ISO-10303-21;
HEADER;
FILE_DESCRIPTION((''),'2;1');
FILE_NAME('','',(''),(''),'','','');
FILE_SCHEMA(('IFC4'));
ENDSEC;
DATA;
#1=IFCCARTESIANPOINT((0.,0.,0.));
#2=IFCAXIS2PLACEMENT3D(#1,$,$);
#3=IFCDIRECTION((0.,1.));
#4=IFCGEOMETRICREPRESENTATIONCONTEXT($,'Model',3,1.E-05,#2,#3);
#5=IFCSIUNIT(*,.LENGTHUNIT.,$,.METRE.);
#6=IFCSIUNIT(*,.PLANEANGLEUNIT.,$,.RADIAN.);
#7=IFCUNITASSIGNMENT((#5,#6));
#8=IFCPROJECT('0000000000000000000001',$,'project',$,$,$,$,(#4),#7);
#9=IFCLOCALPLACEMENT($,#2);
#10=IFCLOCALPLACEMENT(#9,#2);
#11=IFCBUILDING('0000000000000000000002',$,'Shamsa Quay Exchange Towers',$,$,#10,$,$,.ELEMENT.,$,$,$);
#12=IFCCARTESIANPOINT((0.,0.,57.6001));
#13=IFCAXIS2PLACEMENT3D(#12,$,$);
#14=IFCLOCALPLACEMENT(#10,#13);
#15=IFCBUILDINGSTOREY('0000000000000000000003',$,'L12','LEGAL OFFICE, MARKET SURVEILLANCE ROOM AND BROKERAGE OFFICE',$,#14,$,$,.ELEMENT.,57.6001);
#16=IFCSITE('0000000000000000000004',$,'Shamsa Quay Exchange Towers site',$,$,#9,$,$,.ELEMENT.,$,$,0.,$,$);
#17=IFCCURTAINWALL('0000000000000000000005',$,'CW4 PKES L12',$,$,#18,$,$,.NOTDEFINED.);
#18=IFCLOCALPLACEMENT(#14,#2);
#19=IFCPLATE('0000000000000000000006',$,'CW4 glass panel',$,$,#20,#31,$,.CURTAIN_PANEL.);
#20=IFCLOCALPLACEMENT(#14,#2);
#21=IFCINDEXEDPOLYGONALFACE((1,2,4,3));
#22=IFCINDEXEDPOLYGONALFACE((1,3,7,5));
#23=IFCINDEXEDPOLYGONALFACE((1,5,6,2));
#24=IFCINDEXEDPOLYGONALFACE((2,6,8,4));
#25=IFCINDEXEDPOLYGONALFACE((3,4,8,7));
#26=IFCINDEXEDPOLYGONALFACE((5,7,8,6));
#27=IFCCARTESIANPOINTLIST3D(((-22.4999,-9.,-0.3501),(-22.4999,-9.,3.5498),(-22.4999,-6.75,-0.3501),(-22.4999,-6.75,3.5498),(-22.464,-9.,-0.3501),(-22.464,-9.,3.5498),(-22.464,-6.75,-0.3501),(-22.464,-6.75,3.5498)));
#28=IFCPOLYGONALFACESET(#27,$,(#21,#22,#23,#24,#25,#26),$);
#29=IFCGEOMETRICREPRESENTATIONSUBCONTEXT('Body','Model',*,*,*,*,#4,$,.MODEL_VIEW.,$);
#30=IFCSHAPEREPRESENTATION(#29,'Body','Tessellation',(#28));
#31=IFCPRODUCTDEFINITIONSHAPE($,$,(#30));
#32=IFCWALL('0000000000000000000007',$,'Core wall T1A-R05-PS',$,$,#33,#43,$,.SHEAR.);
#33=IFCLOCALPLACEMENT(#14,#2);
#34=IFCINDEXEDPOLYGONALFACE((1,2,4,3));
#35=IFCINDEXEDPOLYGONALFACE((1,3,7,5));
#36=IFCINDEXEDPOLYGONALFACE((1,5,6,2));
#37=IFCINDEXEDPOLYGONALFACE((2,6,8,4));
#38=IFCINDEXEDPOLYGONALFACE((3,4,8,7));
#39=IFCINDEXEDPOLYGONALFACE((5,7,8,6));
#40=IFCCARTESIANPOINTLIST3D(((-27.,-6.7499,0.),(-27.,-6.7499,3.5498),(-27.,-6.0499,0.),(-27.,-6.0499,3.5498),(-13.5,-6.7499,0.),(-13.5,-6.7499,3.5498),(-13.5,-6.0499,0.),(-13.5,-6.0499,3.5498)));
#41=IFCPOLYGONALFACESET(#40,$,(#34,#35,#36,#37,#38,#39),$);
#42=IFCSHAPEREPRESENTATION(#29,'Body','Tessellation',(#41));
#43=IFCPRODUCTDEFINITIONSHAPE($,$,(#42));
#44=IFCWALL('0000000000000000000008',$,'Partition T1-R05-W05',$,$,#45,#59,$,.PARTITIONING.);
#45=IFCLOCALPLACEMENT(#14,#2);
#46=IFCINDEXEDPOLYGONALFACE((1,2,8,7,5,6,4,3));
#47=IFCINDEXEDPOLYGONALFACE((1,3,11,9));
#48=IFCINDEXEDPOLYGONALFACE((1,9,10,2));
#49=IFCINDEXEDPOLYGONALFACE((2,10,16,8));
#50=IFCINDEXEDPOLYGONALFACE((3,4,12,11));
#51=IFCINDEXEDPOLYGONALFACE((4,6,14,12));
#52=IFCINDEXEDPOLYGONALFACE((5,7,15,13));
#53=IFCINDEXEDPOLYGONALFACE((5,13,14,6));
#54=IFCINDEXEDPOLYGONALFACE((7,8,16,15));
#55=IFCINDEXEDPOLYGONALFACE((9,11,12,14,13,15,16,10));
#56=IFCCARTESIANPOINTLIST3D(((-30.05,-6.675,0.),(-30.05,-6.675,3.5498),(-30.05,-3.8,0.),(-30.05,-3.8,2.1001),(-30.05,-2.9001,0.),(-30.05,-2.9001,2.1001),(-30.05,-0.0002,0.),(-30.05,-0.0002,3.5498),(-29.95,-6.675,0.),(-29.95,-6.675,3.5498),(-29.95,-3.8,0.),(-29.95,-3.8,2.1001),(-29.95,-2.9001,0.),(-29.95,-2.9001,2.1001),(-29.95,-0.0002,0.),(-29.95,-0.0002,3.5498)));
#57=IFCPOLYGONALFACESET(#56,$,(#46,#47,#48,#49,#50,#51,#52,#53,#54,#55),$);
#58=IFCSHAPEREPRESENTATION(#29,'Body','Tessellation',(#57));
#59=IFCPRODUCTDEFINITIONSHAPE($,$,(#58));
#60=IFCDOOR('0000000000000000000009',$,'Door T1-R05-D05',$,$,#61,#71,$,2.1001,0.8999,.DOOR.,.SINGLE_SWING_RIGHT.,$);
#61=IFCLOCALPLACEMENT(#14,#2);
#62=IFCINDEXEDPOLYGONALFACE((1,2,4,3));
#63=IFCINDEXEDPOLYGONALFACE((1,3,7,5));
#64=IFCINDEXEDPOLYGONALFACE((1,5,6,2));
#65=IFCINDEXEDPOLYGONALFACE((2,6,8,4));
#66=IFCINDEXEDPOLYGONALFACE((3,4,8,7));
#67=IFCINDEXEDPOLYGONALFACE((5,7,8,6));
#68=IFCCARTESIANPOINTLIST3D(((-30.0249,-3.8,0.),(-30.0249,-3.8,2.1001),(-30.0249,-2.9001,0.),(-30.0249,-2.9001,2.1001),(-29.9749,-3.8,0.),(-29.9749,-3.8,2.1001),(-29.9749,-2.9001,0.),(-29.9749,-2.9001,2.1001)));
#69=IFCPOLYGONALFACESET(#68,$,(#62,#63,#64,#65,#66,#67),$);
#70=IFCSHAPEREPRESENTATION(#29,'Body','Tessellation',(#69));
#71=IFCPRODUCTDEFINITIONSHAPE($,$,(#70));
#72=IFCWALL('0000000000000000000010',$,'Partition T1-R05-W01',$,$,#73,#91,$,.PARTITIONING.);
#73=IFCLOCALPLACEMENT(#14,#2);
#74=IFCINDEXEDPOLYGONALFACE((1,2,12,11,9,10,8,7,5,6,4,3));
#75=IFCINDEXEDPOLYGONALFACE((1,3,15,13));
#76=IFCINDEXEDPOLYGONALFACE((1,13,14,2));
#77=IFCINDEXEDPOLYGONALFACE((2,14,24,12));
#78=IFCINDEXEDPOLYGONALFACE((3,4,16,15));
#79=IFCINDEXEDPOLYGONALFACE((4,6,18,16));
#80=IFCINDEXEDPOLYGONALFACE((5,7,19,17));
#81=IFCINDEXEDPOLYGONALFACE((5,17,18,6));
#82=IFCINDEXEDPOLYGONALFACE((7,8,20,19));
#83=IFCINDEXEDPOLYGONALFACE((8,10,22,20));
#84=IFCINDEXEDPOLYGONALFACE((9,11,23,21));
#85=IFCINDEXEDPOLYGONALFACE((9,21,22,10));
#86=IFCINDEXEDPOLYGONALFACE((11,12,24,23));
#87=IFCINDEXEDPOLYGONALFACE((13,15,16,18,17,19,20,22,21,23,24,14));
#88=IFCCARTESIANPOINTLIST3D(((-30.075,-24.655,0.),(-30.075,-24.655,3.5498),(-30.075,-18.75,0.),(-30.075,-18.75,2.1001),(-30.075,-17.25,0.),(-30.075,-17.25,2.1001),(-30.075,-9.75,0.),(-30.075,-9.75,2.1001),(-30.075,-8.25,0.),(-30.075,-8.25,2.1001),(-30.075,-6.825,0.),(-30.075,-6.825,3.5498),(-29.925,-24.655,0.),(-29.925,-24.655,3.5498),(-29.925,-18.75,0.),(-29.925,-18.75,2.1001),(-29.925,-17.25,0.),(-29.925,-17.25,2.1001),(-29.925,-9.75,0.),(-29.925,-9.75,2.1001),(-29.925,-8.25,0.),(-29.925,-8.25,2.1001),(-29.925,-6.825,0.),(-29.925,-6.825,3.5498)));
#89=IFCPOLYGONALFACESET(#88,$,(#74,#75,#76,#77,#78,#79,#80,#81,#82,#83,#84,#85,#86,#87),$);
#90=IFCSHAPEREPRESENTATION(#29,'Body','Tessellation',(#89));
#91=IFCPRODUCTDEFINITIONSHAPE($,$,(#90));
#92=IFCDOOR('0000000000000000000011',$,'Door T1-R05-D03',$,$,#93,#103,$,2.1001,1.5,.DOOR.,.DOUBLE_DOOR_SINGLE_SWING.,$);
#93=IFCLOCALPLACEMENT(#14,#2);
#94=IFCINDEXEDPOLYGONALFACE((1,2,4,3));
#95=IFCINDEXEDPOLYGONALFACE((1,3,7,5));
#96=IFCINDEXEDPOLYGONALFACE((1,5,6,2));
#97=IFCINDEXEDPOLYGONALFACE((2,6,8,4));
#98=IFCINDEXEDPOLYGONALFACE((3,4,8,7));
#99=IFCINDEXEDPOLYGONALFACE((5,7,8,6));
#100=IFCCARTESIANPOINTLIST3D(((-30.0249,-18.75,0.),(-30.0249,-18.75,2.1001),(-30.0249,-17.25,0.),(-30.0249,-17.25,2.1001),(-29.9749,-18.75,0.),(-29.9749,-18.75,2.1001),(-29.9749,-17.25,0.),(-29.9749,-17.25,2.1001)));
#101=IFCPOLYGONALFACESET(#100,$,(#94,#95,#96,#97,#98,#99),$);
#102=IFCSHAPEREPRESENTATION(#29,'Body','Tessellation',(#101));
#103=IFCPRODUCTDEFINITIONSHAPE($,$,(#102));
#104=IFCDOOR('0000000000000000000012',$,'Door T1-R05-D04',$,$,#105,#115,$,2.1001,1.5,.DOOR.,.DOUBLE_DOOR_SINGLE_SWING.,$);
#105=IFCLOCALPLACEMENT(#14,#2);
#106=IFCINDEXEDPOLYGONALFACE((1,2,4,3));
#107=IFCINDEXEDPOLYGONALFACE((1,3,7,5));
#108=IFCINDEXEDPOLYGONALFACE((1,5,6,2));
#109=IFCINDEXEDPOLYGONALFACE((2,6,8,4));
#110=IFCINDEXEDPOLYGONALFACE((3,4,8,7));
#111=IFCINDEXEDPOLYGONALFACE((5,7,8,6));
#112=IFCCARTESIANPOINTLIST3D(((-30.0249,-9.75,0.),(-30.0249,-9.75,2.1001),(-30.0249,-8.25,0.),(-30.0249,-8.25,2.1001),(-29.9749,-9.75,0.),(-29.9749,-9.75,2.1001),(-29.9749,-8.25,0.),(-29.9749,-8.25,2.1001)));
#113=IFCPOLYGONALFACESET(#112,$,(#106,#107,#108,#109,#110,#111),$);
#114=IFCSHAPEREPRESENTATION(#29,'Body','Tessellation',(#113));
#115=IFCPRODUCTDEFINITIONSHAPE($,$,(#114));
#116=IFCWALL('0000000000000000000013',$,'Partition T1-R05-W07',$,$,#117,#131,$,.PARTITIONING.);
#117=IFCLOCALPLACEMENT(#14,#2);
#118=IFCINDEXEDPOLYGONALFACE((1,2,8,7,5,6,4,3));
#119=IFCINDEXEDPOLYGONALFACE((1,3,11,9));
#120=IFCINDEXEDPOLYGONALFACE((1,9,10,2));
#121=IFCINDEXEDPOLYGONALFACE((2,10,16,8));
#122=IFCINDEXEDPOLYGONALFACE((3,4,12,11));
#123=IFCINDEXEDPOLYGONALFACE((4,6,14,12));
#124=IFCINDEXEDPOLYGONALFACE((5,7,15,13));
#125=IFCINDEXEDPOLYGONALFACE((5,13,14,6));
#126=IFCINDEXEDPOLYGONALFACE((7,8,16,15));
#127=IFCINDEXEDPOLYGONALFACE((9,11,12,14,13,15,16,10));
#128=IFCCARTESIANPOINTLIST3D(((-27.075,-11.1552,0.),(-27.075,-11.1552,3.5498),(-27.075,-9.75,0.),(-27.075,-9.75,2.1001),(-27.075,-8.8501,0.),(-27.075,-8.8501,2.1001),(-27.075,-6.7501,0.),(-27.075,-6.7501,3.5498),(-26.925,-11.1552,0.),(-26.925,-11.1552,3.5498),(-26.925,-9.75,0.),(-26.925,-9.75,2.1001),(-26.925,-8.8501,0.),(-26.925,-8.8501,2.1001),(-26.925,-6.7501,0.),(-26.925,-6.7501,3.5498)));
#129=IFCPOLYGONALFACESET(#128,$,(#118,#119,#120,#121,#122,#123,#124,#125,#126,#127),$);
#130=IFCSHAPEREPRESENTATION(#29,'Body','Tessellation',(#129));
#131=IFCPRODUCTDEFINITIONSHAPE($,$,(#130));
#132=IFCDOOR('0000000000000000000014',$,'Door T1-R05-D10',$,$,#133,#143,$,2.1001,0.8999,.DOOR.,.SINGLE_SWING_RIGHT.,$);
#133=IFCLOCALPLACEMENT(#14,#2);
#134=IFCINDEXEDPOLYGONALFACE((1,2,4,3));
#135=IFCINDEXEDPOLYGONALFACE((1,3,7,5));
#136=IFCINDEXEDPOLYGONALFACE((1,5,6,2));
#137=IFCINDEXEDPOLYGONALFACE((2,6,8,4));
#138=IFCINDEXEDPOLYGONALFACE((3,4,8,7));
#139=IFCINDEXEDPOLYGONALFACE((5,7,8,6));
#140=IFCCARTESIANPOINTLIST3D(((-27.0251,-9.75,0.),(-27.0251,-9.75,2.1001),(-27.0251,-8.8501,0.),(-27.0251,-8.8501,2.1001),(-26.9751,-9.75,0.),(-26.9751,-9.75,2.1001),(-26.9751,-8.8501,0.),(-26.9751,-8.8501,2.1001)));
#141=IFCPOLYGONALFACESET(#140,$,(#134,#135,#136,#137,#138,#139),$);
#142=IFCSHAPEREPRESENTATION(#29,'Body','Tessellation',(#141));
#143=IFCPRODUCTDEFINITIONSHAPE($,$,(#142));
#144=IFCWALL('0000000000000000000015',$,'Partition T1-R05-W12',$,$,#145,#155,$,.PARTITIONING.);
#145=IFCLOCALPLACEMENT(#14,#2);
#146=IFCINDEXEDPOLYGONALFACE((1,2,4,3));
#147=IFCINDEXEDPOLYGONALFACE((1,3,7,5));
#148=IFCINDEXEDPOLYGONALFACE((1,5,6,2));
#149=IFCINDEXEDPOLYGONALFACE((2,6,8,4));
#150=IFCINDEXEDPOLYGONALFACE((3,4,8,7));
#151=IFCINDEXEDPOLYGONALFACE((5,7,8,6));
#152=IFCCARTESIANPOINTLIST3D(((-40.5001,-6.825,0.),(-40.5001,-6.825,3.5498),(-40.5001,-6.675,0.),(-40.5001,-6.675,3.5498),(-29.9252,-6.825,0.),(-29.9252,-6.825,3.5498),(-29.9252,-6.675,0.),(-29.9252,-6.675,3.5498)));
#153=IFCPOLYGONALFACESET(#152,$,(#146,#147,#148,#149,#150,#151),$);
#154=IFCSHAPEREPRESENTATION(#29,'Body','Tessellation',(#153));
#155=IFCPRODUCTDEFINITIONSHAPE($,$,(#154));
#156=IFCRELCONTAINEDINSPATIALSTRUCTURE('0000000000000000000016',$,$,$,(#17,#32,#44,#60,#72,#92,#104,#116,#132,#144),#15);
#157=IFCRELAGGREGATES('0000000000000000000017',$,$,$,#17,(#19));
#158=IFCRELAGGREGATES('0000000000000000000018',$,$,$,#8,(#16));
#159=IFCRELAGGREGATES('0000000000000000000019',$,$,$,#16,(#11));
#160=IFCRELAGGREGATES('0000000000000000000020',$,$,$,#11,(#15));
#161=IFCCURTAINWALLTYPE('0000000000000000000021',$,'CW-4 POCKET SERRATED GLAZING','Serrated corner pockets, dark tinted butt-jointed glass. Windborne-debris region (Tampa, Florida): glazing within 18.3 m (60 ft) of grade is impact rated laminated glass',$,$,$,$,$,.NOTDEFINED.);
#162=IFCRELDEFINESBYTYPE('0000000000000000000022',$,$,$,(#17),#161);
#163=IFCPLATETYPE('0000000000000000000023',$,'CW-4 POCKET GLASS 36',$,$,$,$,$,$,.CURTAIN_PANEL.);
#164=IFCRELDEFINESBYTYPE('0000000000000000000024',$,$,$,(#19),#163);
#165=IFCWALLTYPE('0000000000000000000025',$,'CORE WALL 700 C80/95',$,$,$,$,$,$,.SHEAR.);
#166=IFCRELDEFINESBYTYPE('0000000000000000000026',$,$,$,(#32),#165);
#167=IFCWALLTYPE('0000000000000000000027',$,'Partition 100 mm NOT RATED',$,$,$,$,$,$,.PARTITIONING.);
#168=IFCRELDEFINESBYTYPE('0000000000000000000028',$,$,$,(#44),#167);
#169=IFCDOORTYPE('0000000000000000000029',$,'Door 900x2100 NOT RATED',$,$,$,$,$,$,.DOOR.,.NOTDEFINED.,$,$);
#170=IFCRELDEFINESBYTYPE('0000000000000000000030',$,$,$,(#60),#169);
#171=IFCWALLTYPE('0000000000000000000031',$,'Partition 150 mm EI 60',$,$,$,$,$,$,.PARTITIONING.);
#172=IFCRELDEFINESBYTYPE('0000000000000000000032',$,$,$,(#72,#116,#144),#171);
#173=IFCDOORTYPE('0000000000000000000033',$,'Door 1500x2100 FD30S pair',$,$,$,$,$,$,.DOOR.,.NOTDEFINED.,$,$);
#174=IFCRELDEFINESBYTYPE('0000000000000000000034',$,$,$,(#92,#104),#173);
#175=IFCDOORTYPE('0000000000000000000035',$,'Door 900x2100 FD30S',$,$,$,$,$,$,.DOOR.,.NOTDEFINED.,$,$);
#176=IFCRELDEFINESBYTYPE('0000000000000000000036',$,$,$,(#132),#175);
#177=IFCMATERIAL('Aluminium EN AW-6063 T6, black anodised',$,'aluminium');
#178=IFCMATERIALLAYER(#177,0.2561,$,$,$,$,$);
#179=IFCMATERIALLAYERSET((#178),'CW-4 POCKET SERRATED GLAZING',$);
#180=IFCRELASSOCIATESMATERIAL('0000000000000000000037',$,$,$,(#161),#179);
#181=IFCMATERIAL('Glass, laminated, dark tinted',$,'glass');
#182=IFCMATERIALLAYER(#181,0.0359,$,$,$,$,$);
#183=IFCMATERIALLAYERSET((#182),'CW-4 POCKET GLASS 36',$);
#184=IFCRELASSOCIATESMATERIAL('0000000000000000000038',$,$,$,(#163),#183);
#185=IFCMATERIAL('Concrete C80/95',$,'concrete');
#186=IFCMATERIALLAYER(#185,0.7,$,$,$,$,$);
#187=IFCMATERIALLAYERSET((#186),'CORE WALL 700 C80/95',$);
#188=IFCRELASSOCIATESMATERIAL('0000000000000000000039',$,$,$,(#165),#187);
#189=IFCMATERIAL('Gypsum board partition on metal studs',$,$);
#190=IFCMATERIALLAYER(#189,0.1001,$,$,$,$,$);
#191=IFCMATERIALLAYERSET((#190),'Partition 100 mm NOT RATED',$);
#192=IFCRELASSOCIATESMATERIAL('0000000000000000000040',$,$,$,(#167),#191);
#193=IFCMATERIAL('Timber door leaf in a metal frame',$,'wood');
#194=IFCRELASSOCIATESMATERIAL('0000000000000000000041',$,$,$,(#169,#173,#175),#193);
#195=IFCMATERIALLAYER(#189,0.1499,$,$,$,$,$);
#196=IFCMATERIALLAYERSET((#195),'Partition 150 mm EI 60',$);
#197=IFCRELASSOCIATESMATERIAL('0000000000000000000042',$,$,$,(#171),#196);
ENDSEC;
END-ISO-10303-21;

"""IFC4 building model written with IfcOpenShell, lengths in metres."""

from ifc_helpers import new_model, si_unit, direction, frame, frame_2d, origin, origin_2d, place, context, subcontext, project, spatial, rectangle, extrude, material, layer, layer_set, type_object, element, fill, aggregate, save


model = new_model("IFC4")

# Units and contexts
model_context = context("Model", 3, precision=1e-05, world=origin(), true_north=direction((0.0, 1.0)))
body_context = subcontext(model_context, "Body", "Model", "MODEL_VIEW")
ifc_project = project(units=[si_unit("LENGTHUNIT", "METRE"), si_unit("PLANEANGLEUNIT", "RADIAN")], contexts=[model_context])

# Site, building, storey
site_placement = place(None, origin())
site = spatial("IfcSite", under=ifc_project, at=site_placement, Name="Shamsa Quay Exchange Towers site", CompositionType="ELEMENT", RefElevation=0.0)
building_placement = place(site_placement, origin())
building = spatial("IfcBuilding", under=site, at=building_placement, Name="Shamsa Quay Exchange Towers", CompositionType="ELEMENT")
storey_placement = place(building_placement, frame((0.0, 0.0, 57.6001)))
storey = spatial("IfcBuildingStorey", under=building, at=storey_placement, Name="L12", Description="LEGAL OFFICE, MARKET SURVEILLANCE ROOM AND BROKERAGE OFFICE", CompositionType="ELEMENT", Elevation=57.6001)

# Shared definitions
ifc_material_1 = material(Name="Aluminium EN AW-6063 T6, black anodised", Category="aluminium")

# Shared definitions
ifc_material_2 = material(Name="Glass, laminated, dark tinted", Category="glass")

# Curtain wall, plate
ifc_layer_1 = layer(ifc_material_1, 0.2561)
ifc_layer_set_1 = layer_set([ifc_layer_1], Name="CW-4 POCKET SERRATED GLAZING")
curtain_wall_type_1 = type_object("IfcCurtainWallType", Name="CW-4 POCKET SERRATED GLAZING", Description="Serrated corner pockets, dark tinted butt-jointed glass. Windborne-debris region (Tampa, Florida): glazing within 18.3 m (60 ft) of grade is impact rated laminated glass", PredefinedType="NOTDEFINED", material=ifc_layer_set_1)
curtain_wall_1_placement = place(storey_placement, origin())
curtain_wall_1 = element("IfcCurtainWall", 1, at=curtain_wall_1_placement, inside=storey, type_object=curtain_wall_type_1, Name="CW4 PKES L12", PredefinedType="NOTDEFINED")
ifc_layer_2 = layer(ifc_material_2, 0.0359)
ifc_layer_set_2 = layer_set([ifc_layer_2], Name="CW-4 POCKET GLASS 36")
plate_type_1 = type_object("IfcPlateType", Name="CW-4 POCKET GLASS 36", PredefinedType="CURTAIN_PANEL", material=ifc_layer_set_2)
plate_1_placement = place(storey_placement, frame((-22.4819, -7.875, -0.3501), z_axis=(0.0, 0.0, 1.0), x_axis=(0.0, 1.0, 0.0)))
plate_1 = element("IfcPlate", 2, at=plate_1_placement, type_object=plate_type_1, Name="CW4 glass panel", PredefinedType="CURTAIN_PANEL", context=body_context, shape_type="SweptSolid", body=[
    extrude(rectangle(XDim=2.25, YDim=0.0359, at=origin_2d()), origin(), (0.0, 0.0, 1.0), 3.8999),
])
aggregate(curtain_wall_1, [plate_1])

# Wall
ifc_material_3 = material(Name="Concrete C80/95", Category="concrete")
ifc_layer_3 = layer(ifc_material_3, 0.7)
ifc_layer_set_3 = layer_set([ifc_layer_3], Name="CORE WALL 700 C80/95")
wall_type_1 = type_object("IfcWallType", Name="CORE WALL 700 C80/95", PredefinedType="SHEAR", material=ifc_layer_set_3)
wall_1_placement = place(storey_placement, frame((-27.0, -6.3999, 0.0)))
element("IfcWall", 3, at=wall_1_placement, inside=storey, type_object=wall_type_1, Name="Core wall T1A-R05-PS", PredefinedType="SHEAR", context=body_context, shape_type="SweptSolid", body=[
    extrude(rectangle(XDim=13.5, YDim=0.7, at=frame_2d((6.75, 0.0))), origin(), (0.0, 0.0, 1.0), 3.5498),
])

# Wall, opening, door
ifc_material_4 = material(Name="Gypsum board partition on metal studs")
ifc_layer_4 = layer(ifc_material_4, 0.1001)
ifc_layer_set_4 = layer_set([ifc_layer_4], Name="Partition 100 mm NOT RATED")
wall_type_2 = type_object("IfcWallType", Name="Partition 100 mm NOT RATED", PredefinedType="PARTITIONING", material=ifc_layer_set_4)
wall_2_placement = place(storey_placement, frame((-30.0, -6.675, 0.0), z_axis=(0.0, 0.0, 1.0), x_axis=(0.0, 1.0, 0.0)))
wall_2 = element("IfcWall", 4, at=wall_2_placement, inside=storey, type_object=wall_type_2, Name="Partition T1-R05-W05", PredefinedType="PARTITIONING", context=body_context, shape_type="SweptSolid", body=[
    extrude(rectangle(XDim=6.6748, YDim=0.1001, at=frame_2d((3.3374, 0.0))), origin(), (0.0, 0.0, 1.0), 3.5498),
])
opening_1_placement = place(wall_2_placement, frame((2.875, 0.0, 0.0)))
opening_1 = element("IfcOpeningElement", 5, at=opening_1_placement, cuts=wall_2, PredefinedType="OPENING", context=body_context, shape_type="SweptSolid", body=[
    extrude(rectangle(XDim=0.8999, YDim=2.1001, at=frame_2d((0.45, 1.05))), frame((0.0, 0.0601, 0.0), z_axis=(0.0, -1.0, 0.0), x_axis=(1.0, 0.0, 0.0)), (0.0, 0.0, 1.0), 0.1201),
])
ifc_material_5 = material(Name="Timber door leaf in a metal frame", Category="wood")
door_type_1 = type_object("IfcDoorType", Name="Door 900x2100 NOT RATED", OperationType="NOTDEFINED", PredefinedType="DOOR", material=ifc_material_5)
door_1_placement = place(opening_1_placement, origin())
door_1 = element("IfcDoor", 6, at=door_1_placement, inside=storey, type_object=door_type_1, Name="Door T1-R05-D05", OperationType="SINGLE_SWING_RIGHT", OverallHeight=2.1001, OverallWidth=0.8999, PredefinedType="DOOR", context=body_context, shape_type="SweptSolid", body=[
    extrude(rectangle(XDim=0.8999, YDim=2.1001, at=frame_2d((0.45, 1.05))), frame((0.0, 0.0249, 0.0), z_axis=(0.0, -1.0, 0.0), x_axis=(1.0, 0.0, 0.0)), (0.0, 0.0, 1.0), 0.05),
])
fill(opening_1, door_1)

# Wall, openings, doors
ifc_layer_5 = layer(ifc_material_4, 0.1499)
ifc_layer_set_5 = layer_set([ifc_layer_5], Name="Partition 150 mm EI 60")
wall_type_3 = type_object("IfcWallType", Name="Partition 150 mm EI 60", PredefinedType="PARTITIONING", material=ifc_layer_set_5)
wall_3_placement = place(storey_placement, frame((-30.0, -24.655, 0.0), z_axis=(0.0, 0.0, 1.0), x_axis=(0.0, 1.0, 0.0)))
wall_3 = element("IfcWall", 7, at=wall_3_placement, inside=storey, type_object=wall_type_3, Name="Partition T1-R05-W01", PredefinedType="PARTITIONING", context=body_context, shape_type="SweptSolid", body=[
    extrude(rectangle(XDim=17.8301, YDim=0.1499, at=frame_2d((8.915, 0.0))), origin(), (0.0, 0.0, 1.0), 3.5498),
])
opening_2_placement = place(wall_3_placement, frame((5.905, 0.0, 0.0)))
opening_2 = element("IfcOpeningElement", 8, at=opening_2_placement, cuts=wall_3, PredefinedType="OPENING", context=body_context, shape_type="SweptSolid", body=[
    extrude(rectangle(XDim=1.5, YDim=2.1001, at=frame_2d((0.75, 1.05))), frame((0.0, 0.085, 0.0), z_axis=(0.0, -1.0, 0.0), x_axis=(1.0, 0.0, 0.0)), (0.0, 0.0, 1.0), 0.1699),
])
opening_3_placement = place(wall_3_placement, frame((14.905, 0.0, 0.0)))
opening_3 = element("IfcOpeningElement", 9, at=opening_3_placement, cuts=wall_3, PredefinedType="OPENING", context=body_context, shape_type="SweptSolid", body=[
    extrude(rectangle(XDim=1.5, YDim=2.1001, at=frame_2d((0.75, 1.05))), frame((0.0, 0.085, 0.0), z_axis=(0.0, -1.0, 0.0), x_axis=(1.0, 0.0, 0.0)), (0.0, 0.0, 1.0), 0.1699),
])
door_type_2 = type_object("IfcDoorType", Name="Door 1500x2100 FD30S pair", OperationType="NOTDEFINED", PredefinedType="DOOR", material=ifc_material_5)
door_2_placement = place(opening_2_placement, origin())
door_2 = element("IfcDoor", 10, at=door_2_placement, inside=storey, type_object=door_type_2, Name="Door T1-R05-D03", OperationType="DOUBLE_DOOR_SINGLE_SWING", OverallHeight=2.1001, OverallWidth=1.5, PredefinedType="DOOR", context=body_context, shape_type="SweptSolid", body=[
    extrude(rectangle(XDim=1.5, YDim=2.1001, at=frame_2d((0.75, 1.05))), frame((0.0, 0.0249, 0.0), z_axis=(0.0, -1.0, 0.0), x_axis=(1.0, 0.0, 0.0)), (0.0, 0.0, 1.0), 0.05),
])
fill(opening_2, door_2)
door_3_placement = place(opening_3_placement, origin())
door_3 = element("IfcDoor", 11, at=door_3_placement, inside=storey, type_object=door_type_2, Name="Door T1-R05-D04", OperationType="DOUBLE_DOOR_SINGLE_SWING", OverallHeight=2.1001, OverallWidth=1.5, PredefinedType="DOOR", context=body_context, shape_type="SweptSolid", body=[
    extrude(rectangle(XDim=1.5, YDim=2.1001, at=frame_2d((0.75, 1.05))), frame((0.0, 0.0249, 0.0), z_axis=(0.0, -1.0, 0.0), x_axis=(1.0, 0.0, 0.0)), (0.0, 0.0, 1.0), 0.05),
])
fill(opening_3, door_3)

# Wall, opening, door
wall_4_placement = place(storey_placement, frame((-27.0, -6.75, 0.0), z_axis=(0.0, 0.0, 1.0), x_axis=(0.0, -1.0, 0.0)))
wall_4 = element("IfcWall", 12, at=wall_4_placement, inside=storey, type_object=wall_type_3, Name="Partition T1-R05-W07", PredefinedType="PARTITIONING", context=body_context, shape_type="SweptSolid", body=[
    extrude(rectangle(XDim=4.405, YDim=0.1499, at=frame_2d((2.2026, 0.0))), origin(), (0.0, 0.0, 1.0), 3.5498),
])
opening_4_placement = place(wall_4_placement, frame((2.1001, 0.0, 0.0)))
opening_4 = element("IfcOpeningElement", 13, at=opening_4_placement, cuts=wall_4, PredefinedType="OPENING", context=body_context, shape_type="SweptSolid", body=[
    extrude(rectangle(XDim=0.8999, YDim=2.1001, at=frame_2d((0.45, 1.05))), frame((0.0, 0.085, 0.0), z_axis=(0.0, -1.0, 0.0), x_axis=(1.0, 0.0, 0.0)), (0.0, 0.0, 1.0), 0.1699),
])
door_type_3 = type_object("IfcDoorType", Name="Door 900x2100 FD30S", OperationType="NOTDEFINED", PredefinedType="DOOR", material=ifc_material_5)
door_4_placement = place(opening_4_placement, origin())
door_4 = element("IfcDoor", 14, at=door_4_placement, inside=storey, type_object=door_type_3, Name="Door T1-R05-D10", OperationType="SINGLE_SWING_RIGHT", OverallHeight=2.1001, OverallWidth=0.8999, PredefinedType="DOOR", context=body_context, shape_type="SweptSolid", body=[
    extrude(rectangle(XDim=0.8999, YDim=2.1001, at=frame_2d((0.45, 1.05))), frame((0.0, 0.0249, 0.0), z_axis=(0.0, -1.0, 0.0), x_axis=(1.0, 0.0, 0.0)), (0.0, 0.0, 1.0), 0.05),
])
fill(opening_4, door_4)

# Wall
wall_5_placement = place(storey_placement, frame((-29.925, -6.75, 0.0), z_axis=(0.0, 0.0, 1.0), x_axis=(-1.0, 0.0, 0.0)))
element("IfcWall", 15, at=wall_5_placement, inside=storey, type_object=wall_type_3, Name="Partition T1-R05-W12", PredefinedType="PARTITIONING", context=body_context, shape_type="SweptSolid", body=[
    extrude(rectangle(XDim=10.575, YDim=0.1499, at=frame_2d((5.2876, 0.0))), origin(), (0.0, 0.0, 1.0), 3.5498),
])

save(model, "model.ifc")
